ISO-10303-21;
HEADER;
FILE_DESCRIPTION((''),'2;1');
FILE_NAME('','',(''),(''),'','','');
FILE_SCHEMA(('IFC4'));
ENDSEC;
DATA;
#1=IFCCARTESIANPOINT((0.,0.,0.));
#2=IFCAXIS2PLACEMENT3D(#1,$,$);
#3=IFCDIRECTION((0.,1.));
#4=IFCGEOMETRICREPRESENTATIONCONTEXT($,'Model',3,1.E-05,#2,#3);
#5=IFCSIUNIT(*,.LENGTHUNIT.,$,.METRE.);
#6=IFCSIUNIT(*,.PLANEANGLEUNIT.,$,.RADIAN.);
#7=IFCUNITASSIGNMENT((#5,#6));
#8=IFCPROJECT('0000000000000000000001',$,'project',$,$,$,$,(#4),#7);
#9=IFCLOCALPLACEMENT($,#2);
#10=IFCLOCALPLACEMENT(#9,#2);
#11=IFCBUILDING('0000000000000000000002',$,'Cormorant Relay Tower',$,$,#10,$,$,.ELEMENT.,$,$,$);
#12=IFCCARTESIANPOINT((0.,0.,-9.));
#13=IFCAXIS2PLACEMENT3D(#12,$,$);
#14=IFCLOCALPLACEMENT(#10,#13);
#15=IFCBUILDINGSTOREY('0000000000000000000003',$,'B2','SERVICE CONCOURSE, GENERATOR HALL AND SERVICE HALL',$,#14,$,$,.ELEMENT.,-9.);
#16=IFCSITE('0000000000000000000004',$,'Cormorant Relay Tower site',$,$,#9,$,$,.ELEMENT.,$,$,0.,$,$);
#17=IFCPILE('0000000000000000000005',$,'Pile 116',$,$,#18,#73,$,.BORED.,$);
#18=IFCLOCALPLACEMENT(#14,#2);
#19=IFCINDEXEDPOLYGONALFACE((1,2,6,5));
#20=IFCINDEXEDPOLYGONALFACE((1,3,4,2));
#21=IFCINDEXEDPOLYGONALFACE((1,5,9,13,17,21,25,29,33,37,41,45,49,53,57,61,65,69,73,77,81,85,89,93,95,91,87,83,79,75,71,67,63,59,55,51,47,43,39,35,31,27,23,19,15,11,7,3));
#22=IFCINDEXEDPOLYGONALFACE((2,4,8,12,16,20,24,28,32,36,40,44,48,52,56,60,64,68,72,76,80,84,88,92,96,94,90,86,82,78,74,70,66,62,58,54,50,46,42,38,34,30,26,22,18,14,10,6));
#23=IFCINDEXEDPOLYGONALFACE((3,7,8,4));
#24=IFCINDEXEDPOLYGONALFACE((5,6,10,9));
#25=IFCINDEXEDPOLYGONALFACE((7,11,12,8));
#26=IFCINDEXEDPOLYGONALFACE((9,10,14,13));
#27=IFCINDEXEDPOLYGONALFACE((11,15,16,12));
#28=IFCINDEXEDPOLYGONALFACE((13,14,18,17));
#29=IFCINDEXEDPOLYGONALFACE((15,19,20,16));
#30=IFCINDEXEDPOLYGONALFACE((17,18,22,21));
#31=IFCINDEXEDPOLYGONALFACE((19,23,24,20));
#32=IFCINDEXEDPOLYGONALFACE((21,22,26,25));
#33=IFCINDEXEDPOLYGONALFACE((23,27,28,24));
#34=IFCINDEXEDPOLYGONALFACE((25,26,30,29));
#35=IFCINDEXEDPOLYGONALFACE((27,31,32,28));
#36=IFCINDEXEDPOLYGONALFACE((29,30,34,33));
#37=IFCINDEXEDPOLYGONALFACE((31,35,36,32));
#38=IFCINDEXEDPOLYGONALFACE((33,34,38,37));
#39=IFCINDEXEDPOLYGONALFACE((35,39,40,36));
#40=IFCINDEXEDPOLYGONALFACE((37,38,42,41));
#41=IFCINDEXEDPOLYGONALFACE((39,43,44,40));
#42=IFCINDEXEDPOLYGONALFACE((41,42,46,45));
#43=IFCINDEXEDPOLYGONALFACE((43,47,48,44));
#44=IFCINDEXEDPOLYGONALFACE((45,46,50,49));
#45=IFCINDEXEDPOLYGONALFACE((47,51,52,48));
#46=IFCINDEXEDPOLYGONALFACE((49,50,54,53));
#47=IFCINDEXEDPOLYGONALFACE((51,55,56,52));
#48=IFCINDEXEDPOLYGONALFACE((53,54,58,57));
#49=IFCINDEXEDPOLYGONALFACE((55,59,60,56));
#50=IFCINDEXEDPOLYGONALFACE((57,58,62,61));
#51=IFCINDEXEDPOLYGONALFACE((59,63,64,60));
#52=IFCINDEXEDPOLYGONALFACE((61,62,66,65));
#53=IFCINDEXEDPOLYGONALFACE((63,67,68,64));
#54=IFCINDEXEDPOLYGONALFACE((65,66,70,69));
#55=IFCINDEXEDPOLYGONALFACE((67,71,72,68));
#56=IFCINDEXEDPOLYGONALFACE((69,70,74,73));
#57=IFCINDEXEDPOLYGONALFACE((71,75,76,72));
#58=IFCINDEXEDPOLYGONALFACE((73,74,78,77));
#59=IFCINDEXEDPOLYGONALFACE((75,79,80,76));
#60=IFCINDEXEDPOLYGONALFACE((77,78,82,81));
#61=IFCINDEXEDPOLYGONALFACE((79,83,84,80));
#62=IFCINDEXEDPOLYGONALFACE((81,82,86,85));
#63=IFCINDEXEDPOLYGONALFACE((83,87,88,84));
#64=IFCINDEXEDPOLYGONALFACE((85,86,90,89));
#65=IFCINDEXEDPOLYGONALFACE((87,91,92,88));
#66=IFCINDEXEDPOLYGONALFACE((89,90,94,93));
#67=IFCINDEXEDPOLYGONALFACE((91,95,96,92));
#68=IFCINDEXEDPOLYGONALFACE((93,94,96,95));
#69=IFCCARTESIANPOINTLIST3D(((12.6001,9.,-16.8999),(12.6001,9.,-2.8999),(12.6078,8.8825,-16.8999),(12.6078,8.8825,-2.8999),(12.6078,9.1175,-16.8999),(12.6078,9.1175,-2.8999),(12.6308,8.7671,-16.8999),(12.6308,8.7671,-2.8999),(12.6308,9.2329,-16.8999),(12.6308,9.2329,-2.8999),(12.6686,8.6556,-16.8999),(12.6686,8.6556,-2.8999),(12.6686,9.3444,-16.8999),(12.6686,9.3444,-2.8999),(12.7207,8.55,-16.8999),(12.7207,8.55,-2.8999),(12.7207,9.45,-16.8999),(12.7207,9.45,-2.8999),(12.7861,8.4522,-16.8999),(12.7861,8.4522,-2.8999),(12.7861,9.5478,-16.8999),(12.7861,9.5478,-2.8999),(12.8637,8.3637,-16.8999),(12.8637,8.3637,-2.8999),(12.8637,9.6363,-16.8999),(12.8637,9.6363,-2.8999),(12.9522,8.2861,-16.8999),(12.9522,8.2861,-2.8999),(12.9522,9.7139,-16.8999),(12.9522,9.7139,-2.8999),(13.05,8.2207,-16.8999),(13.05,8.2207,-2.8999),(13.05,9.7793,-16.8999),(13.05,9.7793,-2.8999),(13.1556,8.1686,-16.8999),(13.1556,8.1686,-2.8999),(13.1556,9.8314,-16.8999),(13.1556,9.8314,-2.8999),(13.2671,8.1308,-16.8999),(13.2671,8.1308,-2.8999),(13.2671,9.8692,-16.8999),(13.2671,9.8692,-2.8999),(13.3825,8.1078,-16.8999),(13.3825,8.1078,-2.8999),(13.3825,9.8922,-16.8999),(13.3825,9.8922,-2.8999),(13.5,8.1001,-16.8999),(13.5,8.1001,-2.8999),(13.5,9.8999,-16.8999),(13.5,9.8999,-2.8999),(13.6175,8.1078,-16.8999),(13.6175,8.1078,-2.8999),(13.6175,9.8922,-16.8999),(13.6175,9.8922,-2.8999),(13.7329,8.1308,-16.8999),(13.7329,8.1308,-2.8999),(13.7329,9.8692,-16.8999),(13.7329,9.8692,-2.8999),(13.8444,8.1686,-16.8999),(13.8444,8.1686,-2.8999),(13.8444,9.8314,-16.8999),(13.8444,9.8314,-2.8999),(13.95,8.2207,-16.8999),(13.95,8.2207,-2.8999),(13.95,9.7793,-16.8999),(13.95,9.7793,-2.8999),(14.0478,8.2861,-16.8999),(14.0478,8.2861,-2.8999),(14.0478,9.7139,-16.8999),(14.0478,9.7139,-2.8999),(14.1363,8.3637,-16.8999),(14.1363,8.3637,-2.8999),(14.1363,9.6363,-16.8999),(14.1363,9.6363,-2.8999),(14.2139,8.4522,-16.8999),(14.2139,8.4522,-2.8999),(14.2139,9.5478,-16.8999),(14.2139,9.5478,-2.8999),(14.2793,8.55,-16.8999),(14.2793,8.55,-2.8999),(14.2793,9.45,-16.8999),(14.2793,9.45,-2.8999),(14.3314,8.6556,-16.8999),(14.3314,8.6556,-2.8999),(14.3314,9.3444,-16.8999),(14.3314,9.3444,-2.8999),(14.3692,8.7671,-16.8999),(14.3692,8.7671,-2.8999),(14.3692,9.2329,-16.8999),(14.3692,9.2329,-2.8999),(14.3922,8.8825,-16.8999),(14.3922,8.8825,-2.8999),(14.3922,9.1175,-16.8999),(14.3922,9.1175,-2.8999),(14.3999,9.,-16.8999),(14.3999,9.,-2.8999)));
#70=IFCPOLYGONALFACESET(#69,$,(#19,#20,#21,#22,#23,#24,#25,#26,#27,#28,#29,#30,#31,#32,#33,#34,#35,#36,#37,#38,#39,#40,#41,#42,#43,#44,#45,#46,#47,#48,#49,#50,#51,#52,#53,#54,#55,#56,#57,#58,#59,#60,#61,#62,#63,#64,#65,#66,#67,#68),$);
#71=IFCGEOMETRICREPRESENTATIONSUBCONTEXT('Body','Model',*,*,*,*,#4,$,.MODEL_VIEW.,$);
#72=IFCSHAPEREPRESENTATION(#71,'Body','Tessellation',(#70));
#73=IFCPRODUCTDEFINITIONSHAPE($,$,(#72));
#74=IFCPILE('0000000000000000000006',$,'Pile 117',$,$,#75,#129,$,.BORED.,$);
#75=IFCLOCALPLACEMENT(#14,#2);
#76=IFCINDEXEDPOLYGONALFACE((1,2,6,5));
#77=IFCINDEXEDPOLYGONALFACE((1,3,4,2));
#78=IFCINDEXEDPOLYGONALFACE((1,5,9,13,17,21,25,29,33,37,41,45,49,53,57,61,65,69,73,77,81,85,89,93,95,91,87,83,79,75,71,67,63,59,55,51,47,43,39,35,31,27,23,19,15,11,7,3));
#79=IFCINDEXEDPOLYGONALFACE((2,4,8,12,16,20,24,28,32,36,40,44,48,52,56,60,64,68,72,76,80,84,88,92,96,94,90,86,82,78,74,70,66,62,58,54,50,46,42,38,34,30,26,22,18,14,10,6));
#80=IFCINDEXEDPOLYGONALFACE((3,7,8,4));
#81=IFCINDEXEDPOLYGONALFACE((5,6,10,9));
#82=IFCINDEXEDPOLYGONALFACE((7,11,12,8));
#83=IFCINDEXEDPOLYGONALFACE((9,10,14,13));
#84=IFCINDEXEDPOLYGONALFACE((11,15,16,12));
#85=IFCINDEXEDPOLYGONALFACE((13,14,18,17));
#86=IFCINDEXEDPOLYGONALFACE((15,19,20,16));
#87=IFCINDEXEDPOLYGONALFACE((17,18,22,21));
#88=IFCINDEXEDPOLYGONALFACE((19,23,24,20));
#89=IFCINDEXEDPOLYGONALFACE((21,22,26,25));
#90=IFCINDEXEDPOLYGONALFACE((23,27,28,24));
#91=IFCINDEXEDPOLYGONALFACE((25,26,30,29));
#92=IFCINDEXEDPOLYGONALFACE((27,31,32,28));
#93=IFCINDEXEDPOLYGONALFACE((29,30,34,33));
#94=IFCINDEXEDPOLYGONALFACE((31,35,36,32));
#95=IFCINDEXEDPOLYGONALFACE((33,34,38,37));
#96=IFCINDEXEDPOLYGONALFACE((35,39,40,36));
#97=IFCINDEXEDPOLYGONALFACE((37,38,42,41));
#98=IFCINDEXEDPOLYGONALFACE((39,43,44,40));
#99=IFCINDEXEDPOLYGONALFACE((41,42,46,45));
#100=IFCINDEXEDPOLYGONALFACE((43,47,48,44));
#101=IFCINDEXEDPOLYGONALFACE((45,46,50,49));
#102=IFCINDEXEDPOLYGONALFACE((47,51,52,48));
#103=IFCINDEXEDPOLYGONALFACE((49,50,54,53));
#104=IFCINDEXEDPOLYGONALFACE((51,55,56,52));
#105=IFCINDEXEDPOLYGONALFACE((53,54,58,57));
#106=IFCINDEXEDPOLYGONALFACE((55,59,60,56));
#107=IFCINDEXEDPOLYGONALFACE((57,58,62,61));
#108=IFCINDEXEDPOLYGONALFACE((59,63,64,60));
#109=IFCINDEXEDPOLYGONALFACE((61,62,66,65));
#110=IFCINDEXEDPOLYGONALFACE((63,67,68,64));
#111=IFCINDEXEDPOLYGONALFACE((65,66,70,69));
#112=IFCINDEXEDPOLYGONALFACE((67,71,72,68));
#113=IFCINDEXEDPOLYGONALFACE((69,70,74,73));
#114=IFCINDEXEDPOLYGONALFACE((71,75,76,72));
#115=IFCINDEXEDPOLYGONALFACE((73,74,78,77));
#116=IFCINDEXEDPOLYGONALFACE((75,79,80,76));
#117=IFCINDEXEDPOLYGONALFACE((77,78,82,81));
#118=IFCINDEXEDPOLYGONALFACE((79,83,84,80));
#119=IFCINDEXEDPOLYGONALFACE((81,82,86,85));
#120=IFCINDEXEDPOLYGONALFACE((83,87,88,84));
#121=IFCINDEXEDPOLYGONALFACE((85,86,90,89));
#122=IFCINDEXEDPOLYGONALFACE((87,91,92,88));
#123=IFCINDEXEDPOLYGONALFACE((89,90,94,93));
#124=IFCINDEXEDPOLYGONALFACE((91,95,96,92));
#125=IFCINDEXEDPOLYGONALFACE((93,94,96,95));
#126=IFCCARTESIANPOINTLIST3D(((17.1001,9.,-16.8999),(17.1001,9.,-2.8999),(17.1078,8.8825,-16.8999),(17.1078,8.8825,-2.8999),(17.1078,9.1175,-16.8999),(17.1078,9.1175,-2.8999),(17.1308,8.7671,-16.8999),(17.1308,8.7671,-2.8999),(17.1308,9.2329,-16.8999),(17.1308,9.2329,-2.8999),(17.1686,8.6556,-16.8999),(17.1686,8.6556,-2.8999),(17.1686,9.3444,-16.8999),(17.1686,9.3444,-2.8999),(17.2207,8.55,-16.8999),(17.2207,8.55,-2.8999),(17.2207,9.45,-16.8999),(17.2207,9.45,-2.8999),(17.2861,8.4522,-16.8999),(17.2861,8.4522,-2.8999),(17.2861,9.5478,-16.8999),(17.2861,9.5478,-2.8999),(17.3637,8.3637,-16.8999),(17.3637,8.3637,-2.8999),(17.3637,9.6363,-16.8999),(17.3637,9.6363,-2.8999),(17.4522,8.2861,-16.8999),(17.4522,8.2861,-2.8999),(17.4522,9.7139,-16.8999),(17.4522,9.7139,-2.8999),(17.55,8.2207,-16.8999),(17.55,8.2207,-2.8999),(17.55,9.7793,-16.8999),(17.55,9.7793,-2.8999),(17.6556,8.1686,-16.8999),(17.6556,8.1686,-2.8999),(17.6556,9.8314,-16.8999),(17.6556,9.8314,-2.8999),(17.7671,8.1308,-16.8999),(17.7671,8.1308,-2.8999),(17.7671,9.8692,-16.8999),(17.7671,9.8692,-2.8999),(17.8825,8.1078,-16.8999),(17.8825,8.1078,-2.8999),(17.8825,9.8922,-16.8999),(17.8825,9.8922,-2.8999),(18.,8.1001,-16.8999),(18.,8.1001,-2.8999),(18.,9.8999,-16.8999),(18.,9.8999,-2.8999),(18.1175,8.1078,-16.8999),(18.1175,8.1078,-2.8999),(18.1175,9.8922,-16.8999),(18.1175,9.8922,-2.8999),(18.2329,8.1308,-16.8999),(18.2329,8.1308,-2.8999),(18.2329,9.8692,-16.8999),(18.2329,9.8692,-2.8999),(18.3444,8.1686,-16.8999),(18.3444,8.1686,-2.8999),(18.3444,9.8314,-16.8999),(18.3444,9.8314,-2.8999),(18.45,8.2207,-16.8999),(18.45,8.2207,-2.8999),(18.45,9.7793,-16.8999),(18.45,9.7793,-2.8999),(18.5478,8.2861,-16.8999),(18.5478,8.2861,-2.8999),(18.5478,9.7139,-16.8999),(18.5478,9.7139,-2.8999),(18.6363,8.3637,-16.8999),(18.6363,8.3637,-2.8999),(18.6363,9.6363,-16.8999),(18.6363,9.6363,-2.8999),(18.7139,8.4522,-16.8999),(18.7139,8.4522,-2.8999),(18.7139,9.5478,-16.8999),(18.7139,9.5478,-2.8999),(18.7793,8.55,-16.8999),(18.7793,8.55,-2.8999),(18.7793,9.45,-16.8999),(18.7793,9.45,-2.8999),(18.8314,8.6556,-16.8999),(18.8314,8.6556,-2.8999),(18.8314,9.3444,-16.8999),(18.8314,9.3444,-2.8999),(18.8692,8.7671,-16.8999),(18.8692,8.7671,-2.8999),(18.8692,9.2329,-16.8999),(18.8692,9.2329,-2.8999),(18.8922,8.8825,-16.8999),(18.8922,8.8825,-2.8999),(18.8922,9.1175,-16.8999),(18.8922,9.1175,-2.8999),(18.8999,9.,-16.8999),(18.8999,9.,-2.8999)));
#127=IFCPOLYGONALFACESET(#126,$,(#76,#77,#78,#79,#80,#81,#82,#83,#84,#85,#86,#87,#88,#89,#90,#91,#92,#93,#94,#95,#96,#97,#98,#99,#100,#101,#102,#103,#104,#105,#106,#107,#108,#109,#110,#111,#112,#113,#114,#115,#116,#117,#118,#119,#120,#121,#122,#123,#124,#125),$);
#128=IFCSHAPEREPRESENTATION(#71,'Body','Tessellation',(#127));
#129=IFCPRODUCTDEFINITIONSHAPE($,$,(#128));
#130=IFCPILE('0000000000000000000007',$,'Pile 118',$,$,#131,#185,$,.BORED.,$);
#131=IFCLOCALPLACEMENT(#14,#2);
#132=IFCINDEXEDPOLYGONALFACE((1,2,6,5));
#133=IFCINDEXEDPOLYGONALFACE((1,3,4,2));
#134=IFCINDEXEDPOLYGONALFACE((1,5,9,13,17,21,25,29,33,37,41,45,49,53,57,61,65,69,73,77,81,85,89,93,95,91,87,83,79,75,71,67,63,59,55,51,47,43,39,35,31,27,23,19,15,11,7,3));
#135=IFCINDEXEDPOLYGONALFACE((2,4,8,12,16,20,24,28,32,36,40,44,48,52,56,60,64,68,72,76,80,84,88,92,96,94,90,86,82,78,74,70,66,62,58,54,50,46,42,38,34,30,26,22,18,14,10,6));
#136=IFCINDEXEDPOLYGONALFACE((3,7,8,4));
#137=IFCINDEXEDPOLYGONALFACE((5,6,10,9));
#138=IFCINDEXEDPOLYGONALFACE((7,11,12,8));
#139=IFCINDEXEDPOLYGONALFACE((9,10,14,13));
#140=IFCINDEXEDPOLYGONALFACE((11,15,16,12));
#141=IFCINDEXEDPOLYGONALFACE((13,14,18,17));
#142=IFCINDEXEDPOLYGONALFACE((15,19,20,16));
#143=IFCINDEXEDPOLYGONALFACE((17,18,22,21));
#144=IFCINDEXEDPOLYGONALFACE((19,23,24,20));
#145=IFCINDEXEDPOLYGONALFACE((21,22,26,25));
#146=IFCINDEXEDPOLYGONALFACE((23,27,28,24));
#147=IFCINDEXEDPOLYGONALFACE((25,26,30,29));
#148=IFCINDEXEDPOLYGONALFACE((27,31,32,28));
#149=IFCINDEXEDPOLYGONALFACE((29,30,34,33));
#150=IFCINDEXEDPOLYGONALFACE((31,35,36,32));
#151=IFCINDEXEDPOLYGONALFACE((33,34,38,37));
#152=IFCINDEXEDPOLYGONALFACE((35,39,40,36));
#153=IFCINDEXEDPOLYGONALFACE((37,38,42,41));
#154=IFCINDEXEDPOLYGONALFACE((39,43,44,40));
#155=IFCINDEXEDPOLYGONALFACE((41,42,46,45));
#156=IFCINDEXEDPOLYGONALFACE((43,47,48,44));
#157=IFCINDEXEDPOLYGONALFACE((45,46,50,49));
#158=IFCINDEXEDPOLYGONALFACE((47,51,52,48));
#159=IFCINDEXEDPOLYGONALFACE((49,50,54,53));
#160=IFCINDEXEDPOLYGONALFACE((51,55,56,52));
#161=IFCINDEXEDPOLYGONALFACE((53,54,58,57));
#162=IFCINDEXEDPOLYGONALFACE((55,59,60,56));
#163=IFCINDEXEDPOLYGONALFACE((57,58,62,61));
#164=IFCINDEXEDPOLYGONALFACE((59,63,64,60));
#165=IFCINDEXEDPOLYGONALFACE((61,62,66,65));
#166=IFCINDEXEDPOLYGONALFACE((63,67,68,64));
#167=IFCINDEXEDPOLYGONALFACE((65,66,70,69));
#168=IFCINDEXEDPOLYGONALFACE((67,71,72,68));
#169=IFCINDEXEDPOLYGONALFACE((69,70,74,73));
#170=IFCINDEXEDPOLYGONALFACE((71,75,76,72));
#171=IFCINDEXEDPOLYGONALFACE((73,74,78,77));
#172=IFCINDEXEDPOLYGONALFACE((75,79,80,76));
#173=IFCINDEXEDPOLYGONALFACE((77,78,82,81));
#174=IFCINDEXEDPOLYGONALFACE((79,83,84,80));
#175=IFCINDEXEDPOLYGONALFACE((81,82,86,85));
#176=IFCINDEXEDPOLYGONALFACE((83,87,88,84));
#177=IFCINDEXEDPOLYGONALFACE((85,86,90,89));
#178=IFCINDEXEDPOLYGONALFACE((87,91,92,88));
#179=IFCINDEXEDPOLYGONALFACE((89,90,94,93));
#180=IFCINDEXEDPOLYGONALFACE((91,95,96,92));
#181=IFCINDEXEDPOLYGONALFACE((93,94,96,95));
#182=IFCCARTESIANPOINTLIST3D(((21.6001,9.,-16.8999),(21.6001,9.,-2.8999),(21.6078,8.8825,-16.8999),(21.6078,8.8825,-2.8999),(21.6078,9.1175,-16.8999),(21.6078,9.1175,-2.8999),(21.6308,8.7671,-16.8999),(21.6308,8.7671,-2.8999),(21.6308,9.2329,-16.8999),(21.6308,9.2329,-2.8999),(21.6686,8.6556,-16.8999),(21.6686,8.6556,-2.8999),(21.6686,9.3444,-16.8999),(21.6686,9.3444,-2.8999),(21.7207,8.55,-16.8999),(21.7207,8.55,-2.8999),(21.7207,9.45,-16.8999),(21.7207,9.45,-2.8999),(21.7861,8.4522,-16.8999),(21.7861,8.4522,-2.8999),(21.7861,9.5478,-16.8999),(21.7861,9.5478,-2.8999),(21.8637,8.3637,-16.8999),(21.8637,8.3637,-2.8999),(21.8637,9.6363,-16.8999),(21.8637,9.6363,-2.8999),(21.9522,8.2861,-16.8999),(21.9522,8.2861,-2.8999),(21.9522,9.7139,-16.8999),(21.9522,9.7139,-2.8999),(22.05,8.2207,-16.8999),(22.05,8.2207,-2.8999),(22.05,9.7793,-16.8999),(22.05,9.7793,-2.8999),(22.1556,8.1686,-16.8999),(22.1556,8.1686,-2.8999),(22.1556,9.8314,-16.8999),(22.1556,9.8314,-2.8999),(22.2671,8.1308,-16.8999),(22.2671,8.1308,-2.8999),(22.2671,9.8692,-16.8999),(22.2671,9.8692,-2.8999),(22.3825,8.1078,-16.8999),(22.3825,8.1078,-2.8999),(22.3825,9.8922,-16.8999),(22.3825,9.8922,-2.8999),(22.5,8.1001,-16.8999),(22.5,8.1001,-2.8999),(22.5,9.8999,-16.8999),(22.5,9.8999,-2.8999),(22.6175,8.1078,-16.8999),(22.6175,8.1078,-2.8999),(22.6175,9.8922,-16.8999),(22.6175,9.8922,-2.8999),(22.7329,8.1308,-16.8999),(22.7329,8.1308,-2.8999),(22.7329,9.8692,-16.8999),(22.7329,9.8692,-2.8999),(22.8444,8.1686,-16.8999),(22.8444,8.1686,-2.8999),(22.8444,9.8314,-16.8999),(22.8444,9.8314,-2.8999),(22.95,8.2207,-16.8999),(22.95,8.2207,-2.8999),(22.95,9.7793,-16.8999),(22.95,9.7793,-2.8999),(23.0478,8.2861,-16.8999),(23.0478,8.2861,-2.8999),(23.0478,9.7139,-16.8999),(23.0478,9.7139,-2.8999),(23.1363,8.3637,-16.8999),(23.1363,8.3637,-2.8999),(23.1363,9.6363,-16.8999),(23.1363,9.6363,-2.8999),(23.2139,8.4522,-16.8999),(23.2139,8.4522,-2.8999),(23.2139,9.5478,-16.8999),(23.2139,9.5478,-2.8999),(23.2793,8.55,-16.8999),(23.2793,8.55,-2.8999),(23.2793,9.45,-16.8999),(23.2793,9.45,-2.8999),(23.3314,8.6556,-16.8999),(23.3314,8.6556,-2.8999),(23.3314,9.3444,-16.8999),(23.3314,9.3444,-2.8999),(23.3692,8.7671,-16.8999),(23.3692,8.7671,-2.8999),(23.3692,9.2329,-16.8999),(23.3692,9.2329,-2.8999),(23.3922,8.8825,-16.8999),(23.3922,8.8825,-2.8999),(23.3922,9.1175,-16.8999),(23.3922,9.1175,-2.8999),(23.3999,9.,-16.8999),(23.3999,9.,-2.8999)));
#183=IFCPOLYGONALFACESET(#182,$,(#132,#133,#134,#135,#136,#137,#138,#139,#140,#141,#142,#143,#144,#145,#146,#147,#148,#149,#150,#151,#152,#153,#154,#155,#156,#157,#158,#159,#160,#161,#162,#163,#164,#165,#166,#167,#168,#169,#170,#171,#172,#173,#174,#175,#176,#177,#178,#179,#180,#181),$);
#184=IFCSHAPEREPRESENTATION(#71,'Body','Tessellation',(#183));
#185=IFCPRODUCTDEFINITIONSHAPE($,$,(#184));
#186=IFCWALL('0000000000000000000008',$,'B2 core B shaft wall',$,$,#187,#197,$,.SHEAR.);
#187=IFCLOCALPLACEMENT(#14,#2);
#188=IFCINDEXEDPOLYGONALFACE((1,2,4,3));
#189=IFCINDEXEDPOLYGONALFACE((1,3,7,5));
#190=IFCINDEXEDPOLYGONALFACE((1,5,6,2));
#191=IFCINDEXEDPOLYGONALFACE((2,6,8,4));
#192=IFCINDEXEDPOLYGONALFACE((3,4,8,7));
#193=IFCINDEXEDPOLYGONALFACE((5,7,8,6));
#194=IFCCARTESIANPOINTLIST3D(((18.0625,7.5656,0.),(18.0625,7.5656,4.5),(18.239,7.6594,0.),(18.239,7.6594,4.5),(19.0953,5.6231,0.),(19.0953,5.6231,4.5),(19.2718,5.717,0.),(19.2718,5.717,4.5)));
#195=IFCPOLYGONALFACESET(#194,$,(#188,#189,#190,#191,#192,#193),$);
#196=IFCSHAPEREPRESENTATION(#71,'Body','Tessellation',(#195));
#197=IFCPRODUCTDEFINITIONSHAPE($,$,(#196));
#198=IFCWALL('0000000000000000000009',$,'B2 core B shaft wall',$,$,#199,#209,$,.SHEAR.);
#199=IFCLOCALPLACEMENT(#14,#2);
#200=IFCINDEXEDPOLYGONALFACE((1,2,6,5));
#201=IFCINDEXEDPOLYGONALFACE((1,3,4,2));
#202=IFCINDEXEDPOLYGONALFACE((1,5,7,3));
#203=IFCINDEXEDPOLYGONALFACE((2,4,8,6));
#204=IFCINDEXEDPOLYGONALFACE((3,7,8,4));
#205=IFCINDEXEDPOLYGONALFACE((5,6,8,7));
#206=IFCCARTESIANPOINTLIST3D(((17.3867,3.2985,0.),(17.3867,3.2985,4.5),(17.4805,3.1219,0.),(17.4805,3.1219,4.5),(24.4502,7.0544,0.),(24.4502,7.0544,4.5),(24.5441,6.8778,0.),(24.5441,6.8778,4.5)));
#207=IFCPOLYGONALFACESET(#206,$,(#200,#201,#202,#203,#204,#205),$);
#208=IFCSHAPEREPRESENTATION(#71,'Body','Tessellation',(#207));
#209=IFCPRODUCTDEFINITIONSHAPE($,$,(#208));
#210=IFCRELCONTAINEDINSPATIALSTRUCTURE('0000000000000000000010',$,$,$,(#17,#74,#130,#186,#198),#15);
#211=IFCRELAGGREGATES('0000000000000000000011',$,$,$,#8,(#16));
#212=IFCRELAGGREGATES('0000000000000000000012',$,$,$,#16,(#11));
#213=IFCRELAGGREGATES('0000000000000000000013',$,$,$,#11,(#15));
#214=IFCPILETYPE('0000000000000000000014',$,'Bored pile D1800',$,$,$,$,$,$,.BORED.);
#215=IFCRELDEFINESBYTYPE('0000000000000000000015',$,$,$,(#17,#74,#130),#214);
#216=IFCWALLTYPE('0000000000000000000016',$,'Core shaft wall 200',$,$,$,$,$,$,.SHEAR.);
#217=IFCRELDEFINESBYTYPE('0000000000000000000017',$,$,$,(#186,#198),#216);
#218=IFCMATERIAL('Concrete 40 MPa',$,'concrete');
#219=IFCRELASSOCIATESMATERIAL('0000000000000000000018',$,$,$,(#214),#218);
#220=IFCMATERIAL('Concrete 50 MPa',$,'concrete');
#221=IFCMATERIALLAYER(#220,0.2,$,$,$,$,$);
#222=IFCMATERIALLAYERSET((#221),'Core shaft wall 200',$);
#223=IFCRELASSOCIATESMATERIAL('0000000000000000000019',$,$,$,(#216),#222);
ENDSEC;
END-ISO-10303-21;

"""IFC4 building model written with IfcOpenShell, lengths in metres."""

from ifc_helpers import new_model, si_unit, direction, frame, frame_2d, origin, origin_2d, place, context, subcontext, project, spatial, rectangle, circle, extrude, material, layer, layer_set, material_profile, profile_set, type_object, element, save


model = new_model("IFC4")

# Units and contexts
model_context = context("Model", 3, precision=1e-05, world=origin(), true_north=direction((0.0, 1.0)))
body_context = subcontext(model_context, "Body", "Model", "MODEL_VIEW")
ifc_project = project(units=[si_unit("LENGTHUNIT", "METRE"), si_unit("PLANEANGLEUNIT", "RADIAN")], contexts=[model_context])

# Site, building, storey
site_placement = place(None, origin())
site = spatial("IfcSite", under=ifc_project, at=site_placement, Name="Cormorant Relay Tower site", CompositionType="ELEMENT", RefElevation=0.0)
building_placement = place(site_placement, origin())
building = spatial("IfcBuilding", under=site, at=building_placement, Name="Cormorant Relay Tower", CompositionType="ELEMENT")
storey_placement = place(building_placement, frame((0.0, 0.0, -9.0)))
storey = spatial("IfcBuildingStorey", under=building, at=storey_placement, Name="B2", Description="SERVICE CONCOURSE, GENERATOR HALL AND SERVICE HALL", CompositionType="ELEMENT", Elevation=-9.0)

# Piles
ifc_material_1 = material(Name="Concrete 40 MPa", Category="concrete")
ifc_material_profile = material_profile(ifc_material_1, circle(Radius=0.8999, at=origin_2d()), Name="BP1800")
ifc_profile_set = profile_set([ifc_material_profile], Name="Concrete 40 MPa")
pile_type = type_object("IfcPileType", Name="Bored pile D1800", PredefinedType="BORED", material=ifc_profile_set)
for number, where, z_axis, x_axis, name in (
    (1, (13.5, 9.0, -2.8999), (0.0, 0.0, -1.0), (1.0, 0.0, 0.0), "Pile 116"),
    (2, (18.0, 9.0, -2.8999), (0.0, 0.0, -1.0), (1.0, 0.0, 0.0), "Pile 117"),
    (3, (22.5, 9.0, -2.8999), (0.0, 0.0, -1.0), (1.0, 0.0, 0.0), "Pile 118"),
):
    element("IfcPile", number, at=place(storey_placement, frame(where, z_axis=z_axis, x_axis=x_axis)), inside=storey, type_object=pile_type, Name=name, PredefinedType="BORED", context=body_context, shape_type="SweptSolid", body=[
        extrude(circle(Radius=0.8999, at=origin_2d()), origin(), (0.0, 0.0, 1.0), 14.0),
    ])

# Walls
ifc_material_2 = material(Name="Concrete 50 MPa", Category="concrete")
ifc_layer = layer(ifc_material_2, 0.2)
ifc_layer_set = layer_set([ifc_layer], Name="Core shaft wall 200")
wall_type = type_object("IfcWallType", Name="Core shaft wall 200", PredefinedType="SHEAR", material=ifc_layer_set)
wall_1_placement = place(storey_placement, frame((19.1836, 5.6699, 0.0), z_axis=(0.0, 0.0, 1.0), x_axis=(-0.469447, 0.88296, 0.0)))
element("IfcWall", 4, at=wall_1_placement, inside=storey, type_object=wall_type, Name="B2 core B shaft wall", PredefinedType="SHEAR", context=body_context, shape_type="SweptSolid", body=[
    extrude(rectangle(XDim=2.2, YDim=0.2, at=frame_2d((1.1001, 0.0))), origin(), (0.0, 0.0, 1.0), 4.5),
])
for number, where, z_axis, x_axis, name in (
    (5, (17.4336, 3.2102, 0.0), (0.0, 0.0, 1.0), (0.88294, 0.469485, 0.0), "B2 core B shaft wall"),
):
    element("IfcWall", number, at=place(storey_placement, frame(where, z_axis=z_axis, x_axis=x_axis)), inside=storey, type_object=wall_type, Name=name, PredefinedType="SHEAR", context=body_context, shape_type="SweptSolid", body=[
        extrude(rectangle(XDim=8.0, YDim=0.2, at=frame_2d((4.0, 0.0))), origin(), (0.0, 0.0, 1.0), 4.5),
    ])

save(model, "model.ifc")
